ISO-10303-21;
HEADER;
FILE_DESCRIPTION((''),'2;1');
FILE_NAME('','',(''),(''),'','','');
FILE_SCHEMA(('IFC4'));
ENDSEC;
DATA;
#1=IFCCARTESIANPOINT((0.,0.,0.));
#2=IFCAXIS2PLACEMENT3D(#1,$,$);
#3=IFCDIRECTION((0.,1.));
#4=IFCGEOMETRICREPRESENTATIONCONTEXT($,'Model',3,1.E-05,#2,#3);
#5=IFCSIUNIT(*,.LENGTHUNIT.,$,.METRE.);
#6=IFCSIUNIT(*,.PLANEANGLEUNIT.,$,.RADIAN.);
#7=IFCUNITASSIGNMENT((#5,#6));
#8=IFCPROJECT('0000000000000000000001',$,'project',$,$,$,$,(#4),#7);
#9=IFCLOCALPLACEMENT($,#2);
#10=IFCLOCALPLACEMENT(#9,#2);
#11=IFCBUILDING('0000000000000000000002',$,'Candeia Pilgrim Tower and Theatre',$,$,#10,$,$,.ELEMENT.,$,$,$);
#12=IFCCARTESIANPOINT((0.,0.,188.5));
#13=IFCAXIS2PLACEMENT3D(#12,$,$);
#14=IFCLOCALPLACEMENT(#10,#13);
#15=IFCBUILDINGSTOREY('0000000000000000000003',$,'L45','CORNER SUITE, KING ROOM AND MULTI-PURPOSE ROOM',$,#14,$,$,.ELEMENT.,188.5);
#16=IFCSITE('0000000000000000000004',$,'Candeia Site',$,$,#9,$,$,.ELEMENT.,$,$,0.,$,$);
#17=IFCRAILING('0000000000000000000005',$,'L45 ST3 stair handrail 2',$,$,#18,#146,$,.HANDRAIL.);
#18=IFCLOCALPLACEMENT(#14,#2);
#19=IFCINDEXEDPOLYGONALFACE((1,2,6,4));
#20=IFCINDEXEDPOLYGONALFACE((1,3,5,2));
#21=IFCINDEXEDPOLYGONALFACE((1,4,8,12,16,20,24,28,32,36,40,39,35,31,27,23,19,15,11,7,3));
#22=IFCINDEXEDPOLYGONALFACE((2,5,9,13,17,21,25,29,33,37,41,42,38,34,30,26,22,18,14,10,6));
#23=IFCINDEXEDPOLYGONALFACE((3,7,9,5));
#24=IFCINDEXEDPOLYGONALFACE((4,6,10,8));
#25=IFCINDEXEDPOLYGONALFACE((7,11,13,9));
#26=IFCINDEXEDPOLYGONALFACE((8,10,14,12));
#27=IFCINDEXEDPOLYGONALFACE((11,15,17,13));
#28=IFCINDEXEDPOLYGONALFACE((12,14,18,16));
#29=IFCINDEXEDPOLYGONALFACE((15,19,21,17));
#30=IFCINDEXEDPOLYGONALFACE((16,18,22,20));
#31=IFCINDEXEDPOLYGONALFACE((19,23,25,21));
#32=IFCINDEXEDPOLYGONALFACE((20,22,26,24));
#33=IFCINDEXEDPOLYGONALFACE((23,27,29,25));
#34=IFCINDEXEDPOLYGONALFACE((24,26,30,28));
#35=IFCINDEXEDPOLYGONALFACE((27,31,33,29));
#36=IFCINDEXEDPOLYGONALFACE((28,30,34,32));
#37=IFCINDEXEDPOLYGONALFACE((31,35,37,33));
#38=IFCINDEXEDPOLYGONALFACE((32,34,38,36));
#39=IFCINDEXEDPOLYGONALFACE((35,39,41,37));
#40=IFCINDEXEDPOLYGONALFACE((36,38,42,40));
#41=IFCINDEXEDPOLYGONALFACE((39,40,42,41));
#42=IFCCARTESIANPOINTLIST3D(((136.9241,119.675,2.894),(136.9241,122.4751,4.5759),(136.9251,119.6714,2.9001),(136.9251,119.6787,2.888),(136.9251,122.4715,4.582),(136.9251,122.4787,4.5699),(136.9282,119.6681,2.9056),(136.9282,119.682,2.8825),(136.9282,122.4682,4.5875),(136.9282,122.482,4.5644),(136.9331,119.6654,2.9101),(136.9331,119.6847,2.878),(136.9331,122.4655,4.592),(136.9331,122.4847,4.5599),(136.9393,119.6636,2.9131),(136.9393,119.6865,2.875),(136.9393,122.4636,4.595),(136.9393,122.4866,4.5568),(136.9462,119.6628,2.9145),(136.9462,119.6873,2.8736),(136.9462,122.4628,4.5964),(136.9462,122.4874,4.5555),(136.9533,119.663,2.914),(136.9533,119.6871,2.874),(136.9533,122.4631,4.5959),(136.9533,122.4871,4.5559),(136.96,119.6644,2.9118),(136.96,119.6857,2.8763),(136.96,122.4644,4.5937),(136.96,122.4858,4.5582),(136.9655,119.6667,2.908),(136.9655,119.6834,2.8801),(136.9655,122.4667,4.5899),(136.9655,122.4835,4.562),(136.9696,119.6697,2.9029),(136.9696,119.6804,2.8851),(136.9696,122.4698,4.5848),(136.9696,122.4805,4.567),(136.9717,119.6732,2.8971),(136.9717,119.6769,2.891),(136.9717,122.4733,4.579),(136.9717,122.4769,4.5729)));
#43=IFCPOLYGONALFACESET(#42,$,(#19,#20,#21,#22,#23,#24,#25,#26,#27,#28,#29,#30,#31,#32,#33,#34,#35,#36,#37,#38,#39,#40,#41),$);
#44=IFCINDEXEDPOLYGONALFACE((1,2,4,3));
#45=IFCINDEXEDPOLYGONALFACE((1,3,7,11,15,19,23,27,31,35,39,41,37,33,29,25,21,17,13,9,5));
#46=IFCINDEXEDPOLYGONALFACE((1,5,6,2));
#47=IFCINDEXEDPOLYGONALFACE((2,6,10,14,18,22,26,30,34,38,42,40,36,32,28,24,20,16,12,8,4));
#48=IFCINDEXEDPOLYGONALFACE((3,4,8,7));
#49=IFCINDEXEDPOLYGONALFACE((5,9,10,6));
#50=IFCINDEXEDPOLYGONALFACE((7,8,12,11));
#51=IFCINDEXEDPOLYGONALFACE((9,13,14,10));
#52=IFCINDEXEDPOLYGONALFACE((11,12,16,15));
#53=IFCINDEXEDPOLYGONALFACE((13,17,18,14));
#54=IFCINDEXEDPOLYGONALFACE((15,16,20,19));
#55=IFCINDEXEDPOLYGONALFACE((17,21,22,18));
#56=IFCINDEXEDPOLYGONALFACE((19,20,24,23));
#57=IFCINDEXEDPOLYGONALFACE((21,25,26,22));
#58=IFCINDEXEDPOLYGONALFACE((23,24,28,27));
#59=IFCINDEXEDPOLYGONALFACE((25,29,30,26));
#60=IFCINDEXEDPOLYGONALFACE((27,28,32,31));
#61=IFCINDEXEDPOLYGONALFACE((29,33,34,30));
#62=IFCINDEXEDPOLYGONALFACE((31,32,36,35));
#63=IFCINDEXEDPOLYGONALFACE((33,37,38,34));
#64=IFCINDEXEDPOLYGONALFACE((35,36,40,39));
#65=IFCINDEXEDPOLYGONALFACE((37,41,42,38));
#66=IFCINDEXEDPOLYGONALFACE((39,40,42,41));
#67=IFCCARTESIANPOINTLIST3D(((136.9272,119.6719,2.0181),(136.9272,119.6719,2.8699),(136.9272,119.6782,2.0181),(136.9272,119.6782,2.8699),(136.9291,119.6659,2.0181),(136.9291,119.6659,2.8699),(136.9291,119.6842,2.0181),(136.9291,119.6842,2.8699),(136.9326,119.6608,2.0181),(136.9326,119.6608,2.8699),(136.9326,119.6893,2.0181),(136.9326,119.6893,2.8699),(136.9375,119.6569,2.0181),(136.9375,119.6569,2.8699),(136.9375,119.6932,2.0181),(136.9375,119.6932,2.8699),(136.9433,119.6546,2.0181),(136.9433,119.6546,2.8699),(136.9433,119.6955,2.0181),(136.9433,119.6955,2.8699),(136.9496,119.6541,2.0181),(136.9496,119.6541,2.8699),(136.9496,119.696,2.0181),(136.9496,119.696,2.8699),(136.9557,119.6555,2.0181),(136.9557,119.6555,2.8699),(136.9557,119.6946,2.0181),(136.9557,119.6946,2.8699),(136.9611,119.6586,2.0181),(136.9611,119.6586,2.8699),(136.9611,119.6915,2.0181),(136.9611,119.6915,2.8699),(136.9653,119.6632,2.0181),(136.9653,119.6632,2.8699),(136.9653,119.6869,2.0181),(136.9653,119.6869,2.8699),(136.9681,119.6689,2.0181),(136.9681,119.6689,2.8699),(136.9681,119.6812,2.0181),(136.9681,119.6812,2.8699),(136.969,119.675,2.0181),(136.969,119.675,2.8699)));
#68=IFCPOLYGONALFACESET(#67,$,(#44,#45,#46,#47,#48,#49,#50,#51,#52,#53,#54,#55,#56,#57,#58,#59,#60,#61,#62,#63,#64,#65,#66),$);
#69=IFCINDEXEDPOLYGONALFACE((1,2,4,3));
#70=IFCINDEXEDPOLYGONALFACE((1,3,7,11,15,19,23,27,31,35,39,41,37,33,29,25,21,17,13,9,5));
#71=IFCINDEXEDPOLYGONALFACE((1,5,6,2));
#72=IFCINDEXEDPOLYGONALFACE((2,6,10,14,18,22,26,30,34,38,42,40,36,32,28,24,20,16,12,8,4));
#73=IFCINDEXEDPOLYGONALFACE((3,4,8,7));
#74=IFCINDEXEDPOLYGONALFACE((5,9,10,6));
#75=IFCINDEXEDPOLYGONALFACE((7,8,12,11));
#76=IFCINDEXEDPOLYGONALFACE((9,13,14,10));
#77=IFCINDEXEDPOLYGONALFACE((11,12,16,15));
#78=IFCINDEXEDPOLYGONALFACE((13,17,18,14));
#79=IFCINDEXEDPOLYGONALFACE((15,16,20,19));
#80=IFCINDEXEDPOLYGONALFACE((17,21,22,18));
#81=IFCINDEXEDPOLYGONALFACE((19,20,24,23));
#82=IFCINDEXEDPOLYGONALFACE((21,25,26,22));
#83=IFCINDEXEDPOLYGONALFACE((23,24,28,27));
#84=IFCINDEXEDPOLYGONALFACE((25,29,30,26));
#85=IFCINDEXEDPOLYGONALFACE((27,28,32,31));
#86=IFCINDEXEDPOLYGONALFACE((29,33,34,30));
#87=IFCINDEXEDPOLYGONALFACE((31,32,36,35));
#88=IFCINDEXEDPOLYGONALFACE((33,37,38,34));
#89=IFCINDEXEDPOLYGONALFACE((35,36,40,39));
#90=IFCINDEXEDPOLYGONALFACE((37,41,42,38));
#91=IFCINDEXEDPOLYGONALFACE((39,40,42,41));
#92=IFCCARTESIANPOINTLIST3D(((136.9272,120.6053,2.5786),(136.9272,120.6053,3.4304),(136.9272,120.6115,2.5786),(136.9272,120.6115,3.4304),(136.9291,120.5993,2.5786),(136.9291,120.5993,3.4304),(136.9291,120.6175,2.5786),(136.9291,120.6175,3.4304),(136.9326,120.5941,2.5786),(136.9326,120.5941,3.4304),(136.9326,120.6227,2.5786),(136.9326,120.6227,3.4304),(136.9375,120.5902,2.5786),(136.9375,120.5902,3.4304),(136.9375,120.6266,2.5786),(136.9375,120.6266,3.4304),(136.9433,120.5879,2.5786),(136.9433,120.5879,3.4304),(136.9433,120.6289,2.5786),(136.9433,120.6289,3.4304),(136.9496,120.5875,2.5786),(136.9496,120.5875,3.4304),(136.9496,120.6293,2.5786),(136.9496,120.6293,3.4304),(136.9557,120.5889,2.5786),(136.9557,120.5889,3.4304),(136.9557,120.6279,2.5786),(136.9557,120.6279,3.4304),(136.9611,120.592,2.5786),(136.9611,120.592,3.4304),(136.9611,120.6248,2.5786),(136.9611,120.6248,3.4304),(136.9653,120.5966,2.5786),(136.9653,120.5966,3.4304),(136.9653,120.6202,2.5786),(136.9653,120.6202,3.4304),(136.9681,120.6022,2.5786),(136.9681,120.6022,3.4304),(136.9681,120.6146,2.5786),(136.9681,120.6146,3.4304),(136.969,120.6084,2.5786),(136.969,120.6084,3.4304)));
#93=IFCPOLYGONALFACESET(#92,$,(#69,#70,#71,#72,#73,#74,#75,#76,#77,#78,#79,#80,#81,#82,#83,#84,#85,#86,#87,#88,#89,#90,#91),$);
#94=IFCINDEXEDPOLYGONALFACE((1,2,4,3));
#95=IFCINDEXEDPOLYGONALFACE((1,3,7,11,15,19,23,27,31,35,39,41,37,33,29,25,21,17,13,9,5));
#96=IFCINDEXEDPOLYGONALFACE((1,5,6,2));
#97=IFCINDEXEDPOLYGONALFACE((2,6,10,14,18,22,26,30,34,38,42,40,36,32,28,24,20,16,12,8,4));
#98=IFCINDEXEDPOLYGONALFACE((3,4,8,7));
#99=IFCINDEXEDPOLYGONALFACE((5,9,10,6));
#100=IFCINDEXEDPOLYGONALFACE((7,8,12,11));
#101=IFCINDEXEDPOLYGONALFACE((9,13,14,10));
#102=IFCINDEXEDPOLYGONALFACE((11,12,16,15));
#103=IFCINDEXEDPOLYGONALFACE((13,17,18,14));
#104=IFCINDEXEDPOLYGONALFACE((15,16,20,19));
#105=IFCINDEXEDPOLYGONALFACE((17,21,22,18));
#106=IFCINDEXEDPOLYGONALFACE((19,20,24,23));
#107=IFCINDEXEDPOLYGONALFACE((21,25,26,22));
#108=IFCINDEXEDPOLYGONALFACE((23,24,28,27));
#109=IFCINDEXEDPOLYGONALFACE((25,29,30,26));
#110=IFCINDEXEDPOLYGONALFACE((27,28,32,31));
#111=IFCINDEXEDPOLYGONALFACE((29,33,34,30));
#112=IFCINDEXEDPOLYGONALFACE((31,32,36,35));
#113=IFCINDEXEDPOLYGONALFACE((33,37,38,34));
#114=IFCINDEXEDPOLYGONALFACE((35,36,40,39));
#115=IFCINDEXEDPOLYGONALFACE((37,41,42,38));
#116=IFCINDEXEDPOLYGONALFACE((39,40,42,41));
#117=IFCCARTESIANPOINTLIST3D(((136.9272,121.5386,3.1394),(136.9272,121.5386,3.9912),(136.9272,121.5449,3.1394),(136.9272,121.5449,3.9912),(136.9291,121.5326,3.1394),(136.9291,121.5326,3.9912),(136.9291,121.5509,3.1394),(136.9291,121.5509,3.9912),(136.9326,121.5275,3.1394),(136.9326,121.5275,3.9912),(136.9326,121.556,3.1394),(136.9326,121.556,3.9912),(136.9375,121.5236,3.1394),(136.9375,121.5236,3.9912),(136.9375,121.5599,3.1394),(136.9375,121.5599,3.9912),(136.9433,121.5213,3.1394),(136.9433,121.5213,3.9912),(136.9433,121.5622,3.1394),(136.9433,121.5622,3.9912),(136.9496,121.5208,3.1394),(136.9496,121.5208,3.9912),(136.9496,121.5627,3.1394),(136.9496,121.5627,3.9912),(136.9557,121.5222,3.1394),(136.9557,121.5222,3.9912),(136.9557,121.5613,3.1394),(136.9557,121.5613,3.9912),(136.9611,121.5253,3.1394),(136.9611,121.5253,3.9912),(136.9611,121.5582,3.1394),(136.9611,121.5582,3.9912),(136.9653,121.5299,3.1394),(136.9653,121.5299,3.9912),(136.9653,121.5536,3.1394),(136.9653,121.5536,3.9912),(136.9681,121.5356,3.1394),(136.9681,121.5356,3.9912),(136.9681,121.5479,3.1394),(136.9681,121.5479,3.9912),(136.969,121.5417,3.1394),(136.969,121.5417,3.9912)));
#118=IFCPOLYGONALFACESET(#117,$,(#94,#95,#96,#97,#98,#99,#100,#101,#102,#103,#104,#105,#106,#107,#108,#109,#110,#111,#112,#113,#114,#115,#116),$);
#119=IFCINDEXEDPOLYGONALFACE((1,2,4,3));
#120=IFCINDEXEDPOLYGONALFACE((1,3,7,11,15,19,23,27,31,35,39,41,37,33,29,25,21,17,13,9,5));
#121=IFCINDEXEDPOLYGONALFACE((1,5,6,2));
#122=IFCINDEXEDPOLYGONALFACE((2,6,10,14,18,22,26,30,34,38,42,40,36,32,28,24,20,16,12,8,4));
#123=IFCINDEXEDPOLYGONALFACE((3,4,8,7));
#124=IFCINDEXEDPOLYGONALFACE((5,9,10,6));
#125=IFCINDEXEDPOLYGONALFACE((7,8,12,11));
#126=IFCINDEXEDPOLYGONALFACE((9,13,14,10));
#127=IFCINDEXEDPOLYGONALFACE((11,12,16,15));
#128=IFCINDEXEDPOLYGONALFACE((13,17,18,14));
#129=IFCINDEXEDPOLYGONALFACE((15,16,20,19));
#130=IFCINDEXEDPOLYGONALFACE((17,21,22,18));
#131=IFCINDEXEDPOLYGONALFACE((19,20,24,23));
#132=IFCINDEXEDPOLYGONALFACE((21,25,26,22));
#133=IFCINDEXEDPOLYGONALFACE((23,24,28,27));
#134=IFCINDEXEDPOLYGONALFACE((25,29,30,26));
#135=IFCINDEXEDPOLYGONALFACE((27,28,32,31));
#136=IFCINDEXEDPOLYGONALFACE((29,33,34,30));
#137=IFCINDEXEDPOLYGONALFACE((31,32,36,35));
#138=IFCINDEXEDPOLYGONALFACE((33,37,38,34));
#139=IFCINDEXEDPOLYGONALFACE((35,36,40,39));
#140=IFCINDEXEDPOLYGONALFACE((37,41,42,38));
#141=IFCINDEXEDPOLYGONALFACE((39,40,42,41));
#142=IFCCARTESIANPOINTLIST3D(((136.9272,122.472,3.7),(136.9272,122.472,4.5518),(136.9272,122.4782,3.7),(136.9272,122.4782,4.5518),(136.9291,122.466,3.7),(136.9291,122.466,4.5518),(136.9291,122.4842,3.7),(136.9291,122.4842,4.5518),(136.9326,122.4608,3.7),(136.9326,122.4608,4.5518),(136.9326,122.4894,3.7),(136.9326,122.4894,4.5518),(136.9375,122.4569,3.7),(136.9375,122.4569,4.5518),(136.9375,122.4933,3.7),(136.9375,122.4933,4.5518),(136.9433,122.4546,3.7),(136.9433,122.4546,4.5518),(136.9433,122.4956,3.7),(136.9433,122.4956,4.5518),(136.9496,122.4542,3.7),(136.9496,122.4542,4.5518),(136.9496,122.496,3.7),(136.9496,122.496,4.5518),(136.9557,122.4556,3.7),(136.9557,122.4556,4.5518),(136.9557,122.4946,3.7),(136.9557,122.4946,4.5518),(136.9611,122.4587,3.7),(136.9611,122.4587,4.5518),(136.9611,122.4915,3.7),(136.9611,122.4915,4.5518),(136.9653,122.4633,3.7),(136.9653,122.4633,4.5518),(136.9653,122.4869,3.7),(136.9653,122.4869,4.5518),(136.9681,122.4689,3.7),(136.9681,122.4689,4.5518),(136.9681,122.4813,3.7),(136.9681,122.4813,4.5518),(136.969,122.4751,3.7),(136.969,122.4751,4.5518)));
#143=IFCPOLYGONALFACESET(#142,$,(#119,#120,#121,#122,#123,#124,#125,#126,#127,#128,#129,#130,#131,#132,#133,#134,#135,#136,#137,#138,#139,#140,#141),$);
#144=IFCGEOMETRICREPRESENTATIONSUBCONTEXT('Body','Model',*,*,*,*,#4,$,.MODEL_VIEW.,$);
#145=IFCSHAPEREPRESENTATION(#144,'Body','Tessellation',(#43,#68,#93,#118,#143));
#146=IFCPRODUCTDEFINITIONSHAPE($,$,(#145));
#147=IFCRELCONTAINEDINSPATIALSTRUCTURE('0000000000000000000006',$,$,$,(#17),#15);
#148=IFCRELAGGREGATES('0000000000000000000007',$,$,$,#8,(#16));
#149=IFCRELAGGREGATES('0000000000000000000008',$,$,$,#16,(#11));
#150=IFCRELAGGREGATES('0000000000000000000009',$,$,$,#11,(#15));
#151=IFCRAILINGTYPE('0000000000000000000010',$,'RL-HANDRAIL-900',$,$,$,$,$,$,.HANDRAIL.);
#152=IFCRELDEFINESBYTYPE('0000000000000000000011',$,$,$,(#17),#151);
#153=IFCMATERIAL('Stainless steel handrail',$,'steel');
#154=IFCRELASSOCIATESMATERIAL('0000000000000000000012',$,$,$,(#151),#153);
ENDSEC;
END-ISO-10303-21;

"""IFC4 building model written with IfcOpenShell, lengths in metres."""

from ifc_helpers import new_model, si_unit, direction, frame, origin, origin_2d, place, context, subcontext, project, spatial, circle, extrude, material, type_object, element, save


model = new_model("IFC4")

# Units and contexts
model_context = context("Model", 3, precision=1e-05, world=origin(), true_north=direction((0.0, 1.0)))
body_context = subcontext(model_context, "Body", "Model", "MODEL_VIEW")
ifc_project = project(units=[si_unit("LENGTHUNIT", "METRE"), si_unit("PLANEANGLEUNIT", "RADIAN")], contexts=[model_context])

# Site, building, storey
site_placement = place(None, origin())
site = spatial("IfcSite", under=ifc_project, at=site_placement, Name="Candeia Site", CompositionType="ELEMENT", RefElevation=0.0)
building_placement = place(site_placement, origin())
building = spatial("IfcBuilding", under=site, at=building_placement, Name="Candeia Pilgrim Tower and Theatre", CompositionType="ELEMENT")
storey_placement = place(building_placement, frame((0.0, 0.0, 188.5)))
storey = spatial("IfcBuildingStorey", under=building, at=storey_placement, Name="L45", Description="CORNER SUITE, KING ROOM AND MULTI-PURPOSE ROOM", CompositionType="ELEMENT", Elevation=188.5)

# Railing
ifc_material_1 = material(Name="Stainless steel handrail", Category="steel")
railing_type_1 = type_object("IfcRailingType", Name="RL-HANDRAIL-900", PredefinedType="HANDRAIL", material=ifc_material_1)
railing_1_placement = place(storey_placement, frame((136.948, 119.675, 2.0181)))
element("IfcRailing", 1, at=railing_1_placement, inside=storey, type_object=railing_type_1, Name="L45 ST3 stair handrail 2", PredefinedType="HANDRAIL", context=body_context, shape_type="SweptSolid", body=[
    extrude(circle(Radius=0.0239, at=origin_2d()), frame((0.0, 0.0, 0.876), z_axis=(0.0, 0.857242, 0.514913), x_axis=(-1.0, 0.0, 0.0)), (0.0, 0.0, 1.0), 3.2664),
    extrude(circle(Radius=0.021, at=origin_2d()), origin(), (0.0, 0.0, 1.0), 0.8518),
    extrude(circle(Radius=0.021, at=origin_2d()), frame((0.0, 0.9333, 0.5605)), (0.0, 0.0, 1.0), 0.8518),
    extrude(circle(Radius=0.021, at=origin_2d()), frame((0.0, 1.8667, 1.1213)), (0.0, 0.0, 1.0), 0.8518),
    extrude(circle(Radius=0.021, at=origin_2d()), frame((0.0, 2.8, 1.6819)), (0.0, 0.0, 1.0), 0.8518),
])

save(model, "model.ifc")
